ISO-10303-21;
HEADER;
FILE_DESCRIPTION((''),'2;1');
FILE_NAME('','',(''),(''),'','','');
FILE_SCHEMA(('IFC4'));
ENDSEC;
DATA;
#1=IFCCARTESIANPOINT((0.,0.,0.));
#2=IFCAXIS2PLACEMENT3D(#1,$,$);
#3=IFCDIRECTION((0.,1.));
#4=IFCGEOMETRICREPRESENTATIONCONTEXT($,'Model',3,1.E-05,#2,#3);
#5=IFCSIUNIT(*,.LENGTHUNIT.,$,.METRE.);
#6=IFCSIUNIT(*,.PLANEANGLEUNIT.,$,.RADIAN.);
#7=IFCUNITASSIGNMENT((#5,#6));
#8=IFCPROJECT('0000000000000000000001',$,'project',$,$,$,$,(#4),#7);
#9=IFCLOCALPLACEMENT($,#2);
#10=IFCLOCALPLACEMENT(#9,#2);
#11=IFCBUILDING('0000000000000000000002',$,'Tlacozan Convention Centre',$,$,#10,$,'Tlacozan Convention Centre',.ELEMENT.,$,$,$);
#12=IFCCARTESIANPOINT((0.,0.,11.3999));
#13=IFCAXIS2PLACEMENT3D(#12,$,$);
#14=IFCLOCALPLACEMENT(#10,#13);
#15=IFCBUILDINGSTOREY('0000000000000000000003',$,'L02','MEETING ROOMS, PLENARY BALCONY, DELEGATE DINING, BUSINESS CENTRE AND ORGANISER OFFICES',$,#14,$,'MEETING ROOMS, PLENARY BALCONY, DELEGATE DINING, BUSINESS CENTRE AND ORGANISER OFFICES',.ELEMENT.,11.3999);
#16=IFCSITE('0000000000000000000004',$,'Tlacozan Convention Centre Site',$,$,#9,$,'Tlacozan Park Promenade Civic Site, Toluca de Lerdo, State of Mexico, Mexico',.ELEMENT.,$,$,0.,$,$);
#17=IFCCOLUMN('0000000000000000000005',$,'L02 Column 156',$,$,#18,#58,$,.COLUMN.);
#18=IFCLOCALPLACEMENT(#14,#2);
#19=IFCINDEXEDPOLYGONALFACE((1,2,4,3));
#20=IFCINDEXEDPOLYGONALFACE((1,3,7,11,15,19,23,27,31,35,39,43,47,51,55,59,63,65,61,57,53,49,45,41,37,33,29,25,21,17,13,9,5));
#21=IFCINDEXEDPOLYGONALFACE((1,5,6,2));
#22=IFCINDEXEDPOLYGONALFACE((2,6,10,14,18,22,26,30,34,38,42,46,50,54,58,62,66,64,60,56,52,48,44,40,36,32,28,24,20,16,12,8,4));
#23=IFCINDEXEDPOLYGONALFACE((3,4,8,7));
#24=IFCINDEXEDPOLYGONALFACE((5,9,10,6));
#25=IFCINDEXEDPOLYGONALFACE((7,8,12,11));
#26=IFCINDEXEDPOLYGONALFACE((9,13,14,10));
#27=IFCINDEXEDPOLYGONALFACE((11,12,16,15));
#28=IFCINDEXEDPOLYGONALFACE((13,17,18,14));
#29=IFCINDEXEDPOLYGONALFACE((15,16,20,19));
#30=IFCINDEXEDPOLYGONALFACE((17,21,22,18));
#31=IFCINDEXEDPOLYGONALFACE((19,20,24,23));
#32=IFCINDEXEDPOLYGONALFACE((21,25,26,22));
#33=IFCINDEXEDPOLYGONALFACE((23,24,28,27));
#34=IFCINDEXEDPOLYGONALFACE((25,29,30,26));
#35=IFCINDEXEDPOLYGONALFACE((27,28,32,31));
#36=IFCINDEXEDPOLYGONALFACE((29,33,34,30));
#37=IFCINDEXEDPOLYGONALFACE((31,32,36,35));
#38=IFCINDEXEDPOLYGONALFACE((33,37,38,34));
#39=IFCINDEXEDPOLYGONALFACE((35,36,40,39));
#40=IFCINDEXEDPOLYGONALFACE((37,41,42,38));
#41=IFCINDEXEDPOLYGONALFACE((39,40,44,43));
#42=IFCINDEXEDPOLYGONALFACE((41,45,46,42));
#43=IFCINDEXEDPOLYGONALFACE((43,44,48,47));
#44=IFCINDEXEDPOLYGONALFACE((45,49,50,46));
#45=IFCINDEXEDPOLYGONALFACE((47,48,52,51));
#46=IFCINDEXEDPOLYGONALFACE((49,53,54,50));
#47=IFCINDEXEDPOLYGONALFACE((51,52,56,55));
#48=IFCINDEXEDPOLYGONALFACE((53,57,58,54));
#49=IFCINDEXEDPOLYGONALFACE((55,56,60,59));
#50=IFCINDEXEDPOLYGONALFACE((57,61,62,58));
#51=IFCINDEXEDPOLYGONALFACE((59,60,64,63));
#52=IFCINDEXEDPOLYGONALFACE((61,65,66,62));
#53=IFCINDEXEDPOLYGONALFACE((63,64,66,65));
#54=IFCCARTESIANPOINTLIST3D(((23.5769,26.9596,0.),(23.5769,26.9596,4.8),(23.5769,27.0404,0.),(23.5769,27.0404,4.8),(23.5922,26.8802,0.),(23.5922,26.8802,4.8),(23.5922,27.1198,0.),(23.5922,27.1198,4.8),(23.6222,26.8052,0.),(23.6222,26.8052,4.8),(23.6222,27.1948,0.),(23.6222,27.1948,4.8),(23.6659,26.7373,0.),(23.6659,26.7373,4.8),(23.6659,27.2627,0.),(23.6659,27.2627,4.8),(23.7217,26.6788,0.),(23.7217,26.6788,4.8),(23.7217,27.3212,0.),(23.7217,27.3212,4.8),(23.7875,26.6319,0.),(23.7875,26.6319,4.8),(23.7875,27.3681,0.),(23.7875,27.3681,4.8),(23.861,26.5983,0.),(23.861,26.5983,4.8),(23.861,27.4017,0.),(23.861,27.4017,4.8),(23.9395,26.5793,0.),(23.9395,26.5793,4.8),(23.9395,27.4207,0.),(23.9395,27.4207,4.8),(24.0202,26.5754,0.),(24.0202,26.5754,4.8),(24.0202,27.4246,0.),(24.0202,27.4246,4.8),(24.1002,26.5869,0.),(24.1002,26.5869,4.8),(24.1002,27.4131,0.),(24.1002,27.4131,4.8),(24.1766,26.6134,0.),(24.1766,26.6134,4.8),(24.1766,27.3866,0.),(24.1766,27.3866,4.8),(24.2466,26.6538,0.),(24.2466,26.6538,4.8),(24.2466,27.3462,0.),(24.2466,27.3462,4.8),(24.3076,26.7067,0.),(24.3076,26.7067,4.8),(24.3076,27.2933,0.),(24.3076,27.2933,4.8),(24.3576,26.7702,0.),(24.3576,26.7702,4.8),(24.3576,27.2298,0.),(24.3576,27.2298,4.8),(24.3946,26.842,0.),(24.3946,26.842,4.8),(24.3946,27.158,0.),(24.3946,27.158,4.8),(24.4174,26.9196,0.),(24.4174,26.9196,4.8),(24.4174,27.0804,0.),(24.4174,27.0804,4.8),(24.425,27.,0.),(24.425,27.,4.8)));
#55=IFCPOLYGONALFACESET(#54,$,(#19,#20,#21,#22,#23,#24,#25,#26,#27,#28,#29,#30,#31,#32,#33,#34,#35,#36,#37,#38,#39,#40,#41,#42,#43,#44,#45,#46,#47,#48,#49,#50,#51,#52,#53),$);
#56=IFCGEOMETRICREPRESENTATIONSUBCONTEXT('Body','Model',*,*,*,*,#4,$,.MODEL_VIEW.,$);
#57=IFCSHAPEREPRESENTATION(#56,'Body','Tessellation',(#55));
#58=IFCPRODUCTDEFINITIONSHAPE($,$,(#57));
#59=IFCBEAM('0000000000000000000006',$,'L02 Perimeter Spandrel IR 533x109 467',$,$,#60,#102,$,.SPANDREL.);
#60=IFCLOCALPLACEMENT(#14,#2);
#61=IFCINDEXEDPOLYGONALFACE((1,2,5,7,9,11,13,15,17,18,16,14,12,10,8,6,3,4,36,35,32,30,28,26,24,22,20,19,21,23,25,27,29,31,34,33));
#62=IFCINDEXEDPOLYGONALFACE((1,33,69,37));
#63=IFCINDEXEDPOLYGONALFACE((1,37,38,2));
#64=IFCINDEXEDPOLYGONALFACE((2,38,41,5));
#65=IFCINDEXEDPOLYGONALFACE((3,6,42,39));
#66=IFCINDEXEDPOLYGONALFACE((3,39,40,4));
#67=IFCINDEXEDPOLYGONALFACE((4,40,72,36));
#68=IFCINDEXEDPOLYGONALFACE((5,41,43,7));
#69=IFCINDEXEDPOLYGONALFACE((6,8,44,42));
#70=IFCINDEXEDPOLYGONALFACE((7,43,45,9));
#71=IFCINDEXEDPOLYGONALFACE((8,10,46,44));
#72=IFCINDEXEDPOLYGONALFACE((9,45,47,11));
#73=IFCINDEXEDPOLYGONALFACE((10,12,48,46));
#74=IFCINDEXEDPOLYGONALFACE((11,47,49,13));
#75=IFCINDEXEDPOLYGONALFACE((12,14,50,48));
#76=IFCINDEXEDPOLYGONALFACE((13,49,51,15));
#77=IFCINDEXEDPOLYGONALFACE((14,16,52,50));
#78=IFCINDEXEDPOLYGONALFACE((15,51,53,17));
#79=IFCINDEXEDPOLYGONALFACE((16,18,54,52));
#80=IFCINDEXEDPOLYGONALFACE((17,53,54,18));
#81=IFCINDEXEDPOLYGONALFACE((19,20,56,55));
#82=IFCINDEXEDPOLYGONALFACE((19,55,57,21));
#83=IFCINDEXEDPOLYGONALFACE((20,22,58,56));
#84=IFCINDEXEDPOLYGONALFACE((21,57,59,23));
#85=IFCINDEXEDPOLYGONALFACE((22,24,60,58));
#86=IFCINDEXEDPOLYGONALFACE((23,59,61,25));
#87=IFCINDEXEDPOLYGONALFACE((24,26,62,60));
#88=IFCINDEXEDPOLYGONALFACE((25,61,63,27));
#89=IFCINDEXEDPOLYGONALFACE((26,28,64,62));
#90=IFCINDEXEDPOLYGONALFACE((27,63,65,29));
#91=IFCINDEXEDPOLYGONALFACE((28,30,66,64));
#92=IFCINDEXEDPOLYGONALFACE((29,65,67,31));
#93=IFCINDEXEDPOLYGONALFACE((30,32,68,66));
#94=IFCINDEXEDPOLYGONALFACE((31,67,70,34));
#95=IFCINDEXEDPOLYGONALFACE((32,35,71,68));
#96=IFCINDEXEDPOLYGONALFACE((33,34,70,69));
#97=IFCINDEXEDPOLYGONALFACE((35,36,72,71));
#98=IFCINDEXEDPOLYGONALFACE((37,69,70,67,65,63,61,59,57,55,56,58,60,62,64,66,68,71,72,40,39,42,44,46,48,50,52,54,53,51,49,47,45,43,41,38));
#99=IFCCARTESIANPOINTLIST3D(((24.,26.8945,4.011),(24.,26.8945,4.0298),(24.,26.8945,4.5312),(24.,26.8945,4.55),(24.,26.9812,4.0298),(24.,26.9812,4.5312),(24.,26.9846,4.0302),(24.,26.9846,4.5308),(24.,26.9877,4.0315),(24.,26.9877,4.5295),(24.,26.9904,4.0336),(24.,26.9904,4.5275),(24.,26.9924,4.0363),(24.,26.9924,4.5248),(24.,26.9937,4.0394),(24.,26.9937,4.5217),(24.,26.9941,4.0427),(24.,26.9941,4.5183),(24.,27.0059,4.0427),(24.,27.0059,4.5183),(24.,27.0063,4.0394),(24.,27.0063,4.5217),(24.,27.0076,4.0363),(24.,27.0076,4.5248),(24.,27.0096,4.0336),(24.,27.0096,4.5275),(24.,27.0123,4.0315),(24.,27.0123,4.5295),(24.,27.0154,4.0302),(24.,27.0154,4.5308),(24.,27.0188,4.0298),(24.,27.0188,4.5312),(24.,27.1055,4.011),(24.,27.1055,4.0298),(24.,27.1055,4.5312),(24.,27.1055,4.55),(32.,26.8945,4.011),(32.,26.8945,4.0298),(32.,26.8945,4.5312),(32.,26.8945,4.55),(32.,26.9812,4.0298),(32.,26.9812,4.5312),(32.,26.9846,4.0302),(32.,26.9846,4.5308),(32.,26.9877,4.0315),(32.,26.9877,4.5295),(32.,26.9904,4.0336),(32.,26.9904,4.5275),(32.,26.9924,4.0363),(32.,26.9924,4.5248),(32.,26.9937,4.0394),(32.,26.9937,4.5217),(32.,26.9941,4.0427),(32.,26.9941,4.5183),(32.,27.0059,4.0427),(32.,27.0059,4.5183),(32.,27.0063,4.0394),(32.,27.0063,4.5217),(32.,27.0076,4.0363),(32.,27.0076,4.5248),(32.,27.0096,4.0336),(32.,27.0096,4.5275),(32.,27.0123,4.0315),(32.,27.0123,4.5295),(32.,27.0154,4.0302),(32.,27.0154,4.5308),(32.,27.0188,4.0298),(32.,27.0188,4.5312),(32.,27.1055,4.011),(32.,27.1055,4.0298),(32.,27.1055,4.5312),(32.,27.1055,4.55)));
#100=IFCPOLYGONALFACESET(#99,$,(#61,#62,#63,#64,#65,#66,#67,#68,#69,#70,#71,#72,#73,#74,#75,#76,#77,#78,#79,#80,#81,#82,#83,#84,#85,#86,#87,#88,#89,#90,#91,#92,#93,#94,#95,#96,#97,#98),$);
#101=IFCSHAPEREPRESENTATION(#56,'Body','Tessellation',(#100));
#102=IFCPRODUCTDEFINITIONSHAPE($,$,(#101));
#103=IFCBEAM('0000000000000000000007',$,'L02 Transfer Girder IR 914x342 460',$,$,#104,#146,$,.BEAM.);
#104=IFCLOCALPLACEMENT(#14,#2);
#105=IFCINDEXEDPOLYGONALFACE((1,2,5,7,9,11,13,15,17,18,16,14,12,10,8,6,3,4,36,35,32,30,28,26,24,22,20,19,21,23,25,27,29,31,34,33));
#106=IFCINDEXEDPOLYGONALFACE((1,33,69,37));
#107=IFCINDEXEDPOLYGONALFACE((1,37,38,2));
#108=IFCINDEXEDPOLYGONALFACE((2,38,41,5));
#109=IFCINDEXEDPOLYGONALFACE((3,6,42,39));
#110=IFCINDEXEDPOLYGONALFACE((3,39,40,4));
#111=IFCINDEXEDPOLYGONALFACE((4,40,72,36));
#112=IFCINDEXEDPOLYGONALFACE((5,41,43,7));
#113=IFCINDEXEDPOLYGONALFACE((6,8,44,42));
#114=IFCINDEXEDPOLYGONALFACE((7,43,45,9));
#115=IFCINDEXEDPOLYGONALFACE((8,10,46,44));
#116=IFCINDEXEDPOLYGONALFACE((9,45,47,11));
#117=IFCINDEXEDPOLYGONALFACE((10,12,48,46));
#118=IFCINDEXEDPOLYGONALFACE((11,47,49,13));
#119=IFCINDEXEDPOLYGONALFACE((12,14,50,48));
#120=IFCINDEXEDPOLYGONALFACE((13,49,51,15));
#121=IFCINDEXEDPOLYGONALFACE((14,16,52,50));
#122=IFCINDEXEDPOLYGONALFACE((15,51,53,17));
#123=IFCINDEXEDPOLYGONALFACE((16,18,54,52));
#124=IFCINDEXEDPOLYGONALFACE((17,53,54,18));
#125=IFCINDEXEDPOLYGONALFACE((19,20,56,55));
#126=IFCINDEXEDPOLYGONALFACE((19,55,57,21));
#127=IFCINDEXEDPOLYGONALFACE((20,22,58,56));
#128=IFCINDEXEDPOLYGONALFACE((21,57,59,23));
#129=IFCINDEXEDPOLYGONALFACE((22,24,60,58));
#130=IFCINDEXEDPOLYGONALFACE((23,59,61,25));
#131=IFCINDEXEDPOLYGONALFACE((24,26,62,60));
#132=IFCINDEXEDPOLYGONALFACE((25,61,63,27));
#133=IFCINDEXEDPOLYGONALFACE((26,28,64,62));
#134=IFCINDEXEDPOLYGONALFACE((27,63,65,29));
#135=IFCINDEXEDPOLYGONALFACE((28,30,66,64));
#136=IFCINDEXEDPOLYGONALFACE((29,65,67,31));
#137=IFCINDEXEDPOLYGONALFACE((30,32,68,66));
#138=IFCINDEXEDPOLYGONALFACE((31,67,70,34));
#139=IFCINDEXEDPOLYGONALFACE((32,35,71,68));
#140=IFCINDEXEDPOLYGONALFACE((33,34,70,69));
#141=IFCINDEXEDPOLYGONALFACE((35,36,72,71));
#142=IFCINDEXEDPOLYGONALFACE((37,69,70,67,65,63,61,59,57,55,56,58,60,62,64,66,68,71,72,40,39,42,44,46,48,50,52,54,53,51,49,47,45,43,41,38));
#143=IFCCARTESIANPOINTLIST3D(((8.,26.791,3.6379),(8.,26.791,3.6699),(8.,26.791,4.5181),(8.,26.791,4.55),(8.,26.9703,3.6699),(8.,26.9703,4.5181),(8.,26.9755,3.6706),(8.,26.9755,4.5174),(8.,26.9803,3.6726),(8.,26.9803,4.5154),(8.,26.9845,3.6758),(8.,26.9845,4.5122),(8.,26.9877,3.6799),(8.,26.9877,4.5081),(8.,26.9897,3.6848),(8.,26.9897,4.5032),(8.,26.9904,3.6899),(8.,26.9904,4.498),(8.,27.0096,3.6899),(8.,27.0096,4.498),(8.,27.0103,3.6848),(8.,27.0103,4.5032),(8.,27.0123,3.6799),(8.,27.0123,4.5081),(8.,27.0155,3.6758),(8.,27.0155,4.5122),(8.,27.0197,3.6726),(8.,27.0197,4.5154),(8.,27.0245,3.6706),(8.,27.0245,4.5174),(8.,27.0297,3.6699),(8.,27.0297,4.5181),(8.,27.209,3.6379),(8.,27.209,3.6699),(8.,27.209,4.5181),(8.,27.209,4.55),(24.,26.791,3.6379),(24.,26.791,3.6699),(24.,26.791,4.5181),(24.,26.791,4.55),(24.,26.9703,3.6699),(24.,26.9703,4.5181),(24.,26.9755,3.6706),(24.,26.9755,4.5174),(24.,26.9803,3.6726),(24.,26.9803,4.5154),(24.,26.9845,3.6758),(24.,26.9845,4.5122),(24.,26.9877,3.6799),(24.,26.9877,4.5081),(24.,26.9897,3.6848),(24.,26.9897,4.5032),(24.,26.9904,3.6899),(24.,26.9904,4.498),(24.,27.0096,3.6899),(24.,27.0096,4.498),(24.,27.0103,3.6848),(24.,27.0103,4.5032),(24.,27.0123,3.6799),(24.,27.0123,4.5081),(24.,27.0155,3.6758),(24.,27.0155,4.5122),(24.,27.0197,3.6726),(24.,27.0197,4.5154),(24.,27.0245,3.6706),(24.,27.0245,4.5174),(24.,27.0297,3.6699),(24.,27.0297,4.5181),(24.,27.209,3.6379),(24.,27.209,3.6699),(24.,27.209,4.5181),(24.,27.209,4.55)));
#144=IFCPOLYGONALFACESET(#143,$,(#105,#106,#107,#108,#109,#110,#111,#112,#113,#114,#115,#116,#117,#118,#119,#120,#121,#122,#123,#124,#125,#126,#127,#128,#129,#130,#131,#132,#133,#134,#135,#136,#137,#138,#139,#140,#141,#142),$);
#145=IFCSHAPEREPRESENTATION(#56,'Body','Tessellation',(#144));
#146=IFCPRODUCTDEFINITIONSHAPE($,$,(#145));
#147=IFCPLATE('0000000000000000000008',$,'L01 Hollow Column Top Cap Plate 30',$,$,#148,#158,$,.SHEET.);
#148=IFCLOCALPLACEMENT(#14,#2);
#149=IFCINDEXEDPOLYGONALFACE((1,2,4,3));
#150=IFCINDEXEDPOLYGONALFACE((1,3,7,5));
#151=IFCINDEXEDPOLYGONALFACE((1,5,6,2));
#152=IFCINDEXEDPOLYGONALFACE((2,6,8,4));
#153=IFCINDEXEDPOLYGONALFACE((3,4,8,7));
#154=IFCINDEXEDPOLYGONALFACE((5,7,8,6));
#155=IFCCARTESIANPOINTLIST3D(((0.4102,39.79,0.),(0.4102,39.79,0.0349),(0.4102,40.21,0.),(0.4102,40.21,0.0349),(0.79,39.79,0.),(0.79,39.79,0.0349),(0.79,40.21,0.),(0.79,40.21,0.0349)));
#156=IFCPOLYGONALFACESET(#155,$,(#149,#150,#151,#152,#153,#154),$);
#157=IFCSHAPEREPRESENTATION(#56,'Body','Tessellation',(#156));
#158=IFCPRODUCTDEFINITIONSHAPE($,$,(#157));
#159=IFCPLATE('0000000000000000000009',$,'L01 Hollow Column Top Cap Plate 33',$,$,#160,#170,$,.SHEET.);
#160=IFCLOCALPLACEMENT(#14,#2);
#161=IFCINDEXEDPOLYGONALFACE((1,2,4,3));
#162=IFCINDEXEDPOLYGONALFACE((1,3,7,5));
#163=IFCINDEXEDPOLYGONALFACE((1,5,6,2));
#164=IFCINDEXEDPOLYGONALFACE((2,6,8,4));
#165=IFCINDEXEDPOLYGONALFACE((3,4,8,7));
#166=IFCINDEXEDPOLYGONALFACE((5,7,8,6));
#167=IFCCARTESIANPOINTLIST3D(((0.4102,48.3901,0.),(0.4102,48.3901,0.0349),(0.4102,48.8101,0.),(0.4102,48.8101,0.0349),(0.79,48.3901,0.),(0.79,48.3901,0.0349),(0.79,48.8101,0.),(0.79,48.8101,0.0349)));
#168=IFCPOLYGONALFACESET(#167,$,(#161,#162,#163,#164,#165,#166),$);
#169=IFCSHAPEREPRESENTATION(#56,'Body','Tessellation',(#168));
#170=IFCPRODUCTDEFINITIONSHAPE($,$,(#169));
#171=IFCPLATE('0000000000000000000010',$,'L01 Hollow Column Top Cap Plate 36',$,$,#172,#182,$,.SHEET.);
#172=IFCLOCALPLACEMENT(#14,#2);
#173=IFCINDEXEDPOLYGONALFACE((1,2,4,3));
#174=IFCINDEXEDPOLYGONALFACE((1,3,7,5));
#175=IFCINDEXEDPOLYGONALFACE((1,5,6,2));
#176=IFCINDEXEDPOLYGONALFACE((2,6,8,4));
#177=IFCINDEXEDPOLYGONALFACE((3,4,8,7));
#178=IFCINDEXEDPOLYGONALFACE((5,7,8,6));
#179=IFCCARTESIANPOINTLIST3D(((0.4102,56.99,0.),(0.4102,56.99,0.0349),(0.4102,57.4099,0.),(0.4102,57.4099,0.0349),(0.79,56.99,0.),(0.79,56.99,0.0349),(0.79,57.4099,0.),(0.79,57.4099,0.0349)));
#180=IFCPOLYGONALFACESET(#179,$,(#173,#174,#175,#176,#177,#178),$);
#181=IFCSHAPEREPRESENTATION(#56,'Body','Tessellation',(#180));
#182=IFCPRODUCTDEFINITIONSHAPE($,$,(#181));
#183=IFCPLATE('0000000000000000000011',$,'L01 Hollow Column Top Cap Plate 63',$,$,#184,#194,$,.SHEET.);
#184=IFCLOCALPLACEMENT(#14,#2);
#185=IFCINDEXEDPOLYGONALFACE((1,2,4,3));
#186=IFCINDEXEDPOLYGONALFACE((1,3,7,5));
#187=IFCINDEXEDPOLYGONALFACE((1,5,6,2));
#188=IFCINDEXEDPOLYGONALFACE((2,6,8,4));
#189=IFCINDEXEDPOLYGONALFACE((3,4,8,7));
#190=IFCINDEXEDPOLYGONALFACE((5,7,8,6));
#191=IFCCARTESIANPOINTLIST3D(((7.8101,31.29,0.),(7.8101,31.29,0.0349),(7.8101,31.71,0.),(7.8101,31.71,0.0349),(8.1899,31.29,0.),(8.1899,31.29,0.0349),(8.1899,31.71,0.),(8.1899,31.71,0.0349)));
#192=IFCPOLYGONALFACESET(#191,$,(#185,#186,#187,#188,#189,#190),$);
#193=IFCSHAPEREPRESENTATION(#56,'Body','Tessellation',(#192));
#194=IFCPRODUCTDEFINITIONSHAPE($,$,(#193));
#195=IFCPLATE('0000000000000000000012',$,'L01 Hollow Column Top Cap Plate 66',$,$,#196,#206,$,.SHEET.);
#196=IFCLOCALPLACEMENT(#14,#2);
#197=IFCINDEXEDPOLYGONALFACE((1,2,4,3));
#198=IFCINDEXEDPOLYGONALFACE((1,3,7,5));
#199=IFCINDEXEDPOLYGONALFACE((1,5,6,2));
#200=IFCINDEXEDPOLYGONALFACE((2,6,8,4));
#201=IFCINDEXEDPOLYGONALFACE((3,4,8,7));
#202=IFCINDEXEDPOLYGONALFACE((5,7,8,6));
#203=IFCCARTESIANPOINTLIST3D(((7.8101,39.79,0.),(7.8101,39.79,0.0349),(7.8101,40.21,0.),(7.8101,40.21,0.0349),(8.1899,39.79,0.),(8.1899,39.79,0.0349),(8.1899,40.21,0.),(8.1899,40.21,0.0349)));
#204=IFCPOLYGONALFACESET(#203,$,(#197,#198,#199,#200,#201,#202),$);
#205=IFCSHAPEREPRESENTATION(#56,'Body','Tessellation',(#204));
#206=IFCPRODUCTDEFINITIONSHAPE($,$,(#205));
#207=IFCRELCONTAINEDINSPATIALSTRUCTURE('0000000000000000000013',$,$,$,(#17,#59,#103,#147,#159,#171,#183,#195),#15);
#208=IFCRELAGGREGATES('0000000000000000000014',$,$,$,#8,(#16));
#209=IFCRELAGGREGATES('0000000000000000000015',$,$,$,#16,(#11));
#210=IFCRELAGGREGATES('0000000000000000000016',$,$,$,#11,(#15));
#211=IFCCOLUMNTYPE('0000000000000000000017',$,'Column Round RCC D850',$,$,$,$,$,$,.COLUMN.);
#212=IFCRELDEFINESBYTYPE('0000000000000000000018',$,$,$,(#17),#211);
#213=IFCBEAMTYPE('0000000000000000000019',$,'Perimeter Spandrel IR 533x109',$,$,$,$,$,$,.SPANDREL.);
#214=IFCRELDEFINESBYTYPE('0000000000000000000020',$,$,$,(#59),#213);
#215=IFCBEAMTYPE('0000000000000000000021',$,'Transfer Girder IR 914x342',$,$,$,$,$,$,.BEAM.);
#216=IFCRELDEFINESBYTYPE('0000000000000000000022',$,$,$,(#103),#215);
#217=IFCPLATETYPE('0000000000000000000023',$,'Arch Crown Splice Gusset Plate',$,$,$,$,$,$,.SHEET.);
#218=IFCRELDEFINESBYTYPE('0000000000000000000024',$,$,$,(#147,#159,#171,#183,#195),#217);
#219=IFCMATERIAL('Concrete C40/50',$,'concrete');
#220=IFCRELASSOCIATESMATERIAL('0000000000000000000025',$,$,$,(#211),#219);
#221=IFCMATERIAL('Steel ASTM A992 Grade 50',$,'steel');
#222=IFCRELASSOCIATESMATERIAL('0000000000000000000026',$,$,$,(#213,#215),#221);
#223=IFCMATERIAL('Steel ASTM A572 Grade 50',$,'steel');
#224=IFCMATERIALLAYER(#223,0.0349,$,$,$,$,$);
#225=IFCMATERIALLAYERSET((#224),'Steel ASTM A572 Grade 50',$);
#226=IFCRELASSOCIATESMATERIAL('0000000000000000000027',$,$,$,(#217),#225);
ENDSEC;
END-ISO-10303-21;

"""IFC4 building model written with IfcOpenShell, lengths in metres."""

from ifc_helpers import new_model, si_unit, direction, frame, origin, origin_2d, place, context, subcontext, project, spatial, rectangle, circle, i_section, extrude, material, layer, layer_set, material_profile, profile_set, type_object, element, save


model = new_model("IFC4")

# Units and contexts
model_context = context("Model", 3, precision=1e-05, world=origin(), true_north=direction((0.0, 1.0)))
body_context = subcontext(model_context, "Body", "Model", "MODEL_VIEW")
ifc_project = project(units=[si_unit("LENGTHUNIT", "METRE"), si_unit("PLANEANGLEUNIT", "RADIAN")], contexts=[model_context])

# Site, building, storey
site_placement = place(None, origin())
site = spatial("IfcSite", under=ifc_project, at=site_placement, Name="Tlacozan Convention Centre Site", LongName="Tlacozan Park Promenade Civic Site, Toluca de Lerdo, State of Mexico, Mexico", CompositionType="ELEMENT", RefElevation=0.0)
building_placement = place(site_placement, origin())
building = spatial("IfcBuilding", under=site, at=building_placement, Name="Tlacozan Convention Centre", LongName="Tlacozan Convention Centre", CompositionType="ELEMENT")
storey_placement = place(building_placement, frame((0.0, 0.0, 11.3999)))
storey = spatial("IfcBuildingStorey", under=building, at=storey_placement, Name="L02", Description="MEETING ROOMS, PLENARY BALCONY, DELEGATE DINING, BUSINESS CENTRE AND ORGANISER OFFICES", LongName="MEETING ROOMS, PLENARY BALCONY, DELEGATE DINING, BUSINESS CENTRE AND ORGANISER OFFICES", CompositionType="ELEMENT", Elevation=11.3999)

# Column
ifc_material_1 = material(Name="Concrete C40/50", Category="concrete")
ifc_material_profile_1 = material_profile(ifc_material_1, circle(Radius=0.425, at=origin_2d()), Name="RCC D850")
ifc_profile_set_1 = profile_set([ifc_material_profile_1], Name="Concrete C40/50")
column_type = type_object("IfcColumnType", Name="Column Round RCC D850", PredefinedType="COLUMN", material=ifc_profile_set_1)
column_placement = place(storey_placement, frame((24.0, 27.0, 0.0), z_axis=(0.0, 0.0, 1.0), x_axis=(1.0, 0.0, 0.0)))
element("IfcColumn", 1, at=column_placement, inside=storey, type_object=column_type, Name="L02 Column 156", PredefinedType="COLUMN", context=body_context, shape_type="SweptSolid", body=[
    extrude(circle(Radius=0.425, at=origin_2d()), origin(), (0.0, 0.0, 1.0), 4.8),
])

# Beams
ifc_material_2 = material(Name="Steel ASTM A992 Grade 50", Category="steel")
ifc_material_profile_2 = material_profile(ifc_material_2, i_section(OverallWidth=0.2109, OverallDepth=0.5391, WebThickness=0.0117, FlangeThickness=0.0188, FilletRadius=0.0129, at=origin_2d()), Name="IR 533x109.0")
ifc_profile_set_2 = profile_set([ifc_material_profile_2], Name="Steel ASTM A992 Grade 50")
beam_type_1 = type_object("IfcBeamType", Name="Perimeter Spandrel IR 533x109", PredefinedType="SPANDREL", material=ifc_profile_set_2)
beam_1_placement = place(storey_placement, frame((24.0, 27.0, 4.2805), z_axis=(1.0, 0.0, 0.0), x_axis=(0.0, 1.0, 0.0)))
element("IfcBeam", 2, at=beam_1_placement, inside=storey, type_object=beam_type_1, Name="L02 Perimeter Spandrel IR 533x109 467", PredefinedType="SPANDREL", context=body_context, shape_type="SweptSolid", body=[
    extrude(i_section(OverallWidth=0.2109, OverallDepth=0.5391, WebThickness=0.0117, FlangeThickness=0.0188, FilletRadius=0.0129, at=origin_2d()), origin(), (0.0, 0.0, 1.0), 8.0),
])
ifc_material_profile_3 = material_profile(ifc_material_2, i_section(OverallWidth=0.418, OverallDepth=0.9121, WebThickness=0.0193, FlangeThickness=0.032, FilletRadius=0.02, at=origin_2d()), Name="IR 914x342.0")
ifc_profile_set_3 = profile_set([ifc_material_profile_3], Name="Steel ASTM A992 Grade 50")
beam_type_2 = type_object("IfcBeamType", Name="Transfer Girder IR 914x342", PredefinedType="BEAM", material=ifc_profile_set_3)
beam_2_placement = place(storey_placement, frame((24.0, 27.0, 4.094), z_axis=(-1.0, 0.0, 0.0), x_axis=(0.0, -1.0, 0.0)))
element("IfcBeam", 3, at=beam_2_placement, inside=storey, type_object=beam_type_2, Name="L02 Transfer Girder IR 914x342 460", PredefinedType="BEAM", context=body_context, shape_type="SweptSolid", body=[
    extrude(i_section(OverallWidth=0.418, OverallDepth=0.9121, WebThickness=0.0193, FlangeThickness=0.032, FilletRadius=0.02, at=origin_2d()), origin(), (0.0, 0.0, 1.0), 16.0),
])

# Plates
ifc_material_3 = material(Name="Steel ASTM A572 Grade 50", Category="steel")
ifc_layer_1 = layer(ifc_material_3, 0.0349)
ifc_layer_set_1 = layer_set([ifc_layer_1], Name="Steel ASTM A572 Grade 50")
plate_type = type_object("IfcPlateType", Name="Arch Crown Splice Gusset Plate", PredefinedType="SHEET", material=ifc_layer_set_1)
for number, where, z_axis, x_axis, name in (
    (4, (0.6001, 40.0, 0.0), (0.0, 0.0, 1.0), (1.0, 0.0, 0.0), "L01 Hollow Column Top Cap Plate 30"),
    (5, (0.6001, 48.6001, 0.0), (0.0, 0.0, 1.0), (1.0, 0.0, 0.0), "L01 Hollow Column Top Cap Plate 33"),
    (6, (0.6001, 57.2, 0.0), (0.0, 0.0, 1.0), (1.0, 0.0, 0.0), "L01 Hollow Column Top Cap Plate 36"),
    (7, (8.0, 31.5, 0.0), (0.0, 0.0, 1.0), (1.0, 0.0, 0.0), "L01 Hollow Column Top Cap Plate 63"),
    (8, (8.0, 40.0, 0.0), (0.0, 0.0, 1.0), (1.0, 0.0, 0.0), "L01 Hollow Column Top Cap Plate 66"),
):
    element("IfcPlate", number, at=place(storey_placement, frame(where, z_axis=z_axis, x_axis=x_axis)), inside=storey, type_object=plate_type, Name=name, PredefinedType="SHEET", context=body_context, shape_type="SweptSolid", body=[
        extrude(rectangle(XDim=0.3799, YDim=0.4199, at=origin_2d()), origin(), (0.0, 0.0, 1.0), 0.0349),
    ])

save(model, "model.ifc")
